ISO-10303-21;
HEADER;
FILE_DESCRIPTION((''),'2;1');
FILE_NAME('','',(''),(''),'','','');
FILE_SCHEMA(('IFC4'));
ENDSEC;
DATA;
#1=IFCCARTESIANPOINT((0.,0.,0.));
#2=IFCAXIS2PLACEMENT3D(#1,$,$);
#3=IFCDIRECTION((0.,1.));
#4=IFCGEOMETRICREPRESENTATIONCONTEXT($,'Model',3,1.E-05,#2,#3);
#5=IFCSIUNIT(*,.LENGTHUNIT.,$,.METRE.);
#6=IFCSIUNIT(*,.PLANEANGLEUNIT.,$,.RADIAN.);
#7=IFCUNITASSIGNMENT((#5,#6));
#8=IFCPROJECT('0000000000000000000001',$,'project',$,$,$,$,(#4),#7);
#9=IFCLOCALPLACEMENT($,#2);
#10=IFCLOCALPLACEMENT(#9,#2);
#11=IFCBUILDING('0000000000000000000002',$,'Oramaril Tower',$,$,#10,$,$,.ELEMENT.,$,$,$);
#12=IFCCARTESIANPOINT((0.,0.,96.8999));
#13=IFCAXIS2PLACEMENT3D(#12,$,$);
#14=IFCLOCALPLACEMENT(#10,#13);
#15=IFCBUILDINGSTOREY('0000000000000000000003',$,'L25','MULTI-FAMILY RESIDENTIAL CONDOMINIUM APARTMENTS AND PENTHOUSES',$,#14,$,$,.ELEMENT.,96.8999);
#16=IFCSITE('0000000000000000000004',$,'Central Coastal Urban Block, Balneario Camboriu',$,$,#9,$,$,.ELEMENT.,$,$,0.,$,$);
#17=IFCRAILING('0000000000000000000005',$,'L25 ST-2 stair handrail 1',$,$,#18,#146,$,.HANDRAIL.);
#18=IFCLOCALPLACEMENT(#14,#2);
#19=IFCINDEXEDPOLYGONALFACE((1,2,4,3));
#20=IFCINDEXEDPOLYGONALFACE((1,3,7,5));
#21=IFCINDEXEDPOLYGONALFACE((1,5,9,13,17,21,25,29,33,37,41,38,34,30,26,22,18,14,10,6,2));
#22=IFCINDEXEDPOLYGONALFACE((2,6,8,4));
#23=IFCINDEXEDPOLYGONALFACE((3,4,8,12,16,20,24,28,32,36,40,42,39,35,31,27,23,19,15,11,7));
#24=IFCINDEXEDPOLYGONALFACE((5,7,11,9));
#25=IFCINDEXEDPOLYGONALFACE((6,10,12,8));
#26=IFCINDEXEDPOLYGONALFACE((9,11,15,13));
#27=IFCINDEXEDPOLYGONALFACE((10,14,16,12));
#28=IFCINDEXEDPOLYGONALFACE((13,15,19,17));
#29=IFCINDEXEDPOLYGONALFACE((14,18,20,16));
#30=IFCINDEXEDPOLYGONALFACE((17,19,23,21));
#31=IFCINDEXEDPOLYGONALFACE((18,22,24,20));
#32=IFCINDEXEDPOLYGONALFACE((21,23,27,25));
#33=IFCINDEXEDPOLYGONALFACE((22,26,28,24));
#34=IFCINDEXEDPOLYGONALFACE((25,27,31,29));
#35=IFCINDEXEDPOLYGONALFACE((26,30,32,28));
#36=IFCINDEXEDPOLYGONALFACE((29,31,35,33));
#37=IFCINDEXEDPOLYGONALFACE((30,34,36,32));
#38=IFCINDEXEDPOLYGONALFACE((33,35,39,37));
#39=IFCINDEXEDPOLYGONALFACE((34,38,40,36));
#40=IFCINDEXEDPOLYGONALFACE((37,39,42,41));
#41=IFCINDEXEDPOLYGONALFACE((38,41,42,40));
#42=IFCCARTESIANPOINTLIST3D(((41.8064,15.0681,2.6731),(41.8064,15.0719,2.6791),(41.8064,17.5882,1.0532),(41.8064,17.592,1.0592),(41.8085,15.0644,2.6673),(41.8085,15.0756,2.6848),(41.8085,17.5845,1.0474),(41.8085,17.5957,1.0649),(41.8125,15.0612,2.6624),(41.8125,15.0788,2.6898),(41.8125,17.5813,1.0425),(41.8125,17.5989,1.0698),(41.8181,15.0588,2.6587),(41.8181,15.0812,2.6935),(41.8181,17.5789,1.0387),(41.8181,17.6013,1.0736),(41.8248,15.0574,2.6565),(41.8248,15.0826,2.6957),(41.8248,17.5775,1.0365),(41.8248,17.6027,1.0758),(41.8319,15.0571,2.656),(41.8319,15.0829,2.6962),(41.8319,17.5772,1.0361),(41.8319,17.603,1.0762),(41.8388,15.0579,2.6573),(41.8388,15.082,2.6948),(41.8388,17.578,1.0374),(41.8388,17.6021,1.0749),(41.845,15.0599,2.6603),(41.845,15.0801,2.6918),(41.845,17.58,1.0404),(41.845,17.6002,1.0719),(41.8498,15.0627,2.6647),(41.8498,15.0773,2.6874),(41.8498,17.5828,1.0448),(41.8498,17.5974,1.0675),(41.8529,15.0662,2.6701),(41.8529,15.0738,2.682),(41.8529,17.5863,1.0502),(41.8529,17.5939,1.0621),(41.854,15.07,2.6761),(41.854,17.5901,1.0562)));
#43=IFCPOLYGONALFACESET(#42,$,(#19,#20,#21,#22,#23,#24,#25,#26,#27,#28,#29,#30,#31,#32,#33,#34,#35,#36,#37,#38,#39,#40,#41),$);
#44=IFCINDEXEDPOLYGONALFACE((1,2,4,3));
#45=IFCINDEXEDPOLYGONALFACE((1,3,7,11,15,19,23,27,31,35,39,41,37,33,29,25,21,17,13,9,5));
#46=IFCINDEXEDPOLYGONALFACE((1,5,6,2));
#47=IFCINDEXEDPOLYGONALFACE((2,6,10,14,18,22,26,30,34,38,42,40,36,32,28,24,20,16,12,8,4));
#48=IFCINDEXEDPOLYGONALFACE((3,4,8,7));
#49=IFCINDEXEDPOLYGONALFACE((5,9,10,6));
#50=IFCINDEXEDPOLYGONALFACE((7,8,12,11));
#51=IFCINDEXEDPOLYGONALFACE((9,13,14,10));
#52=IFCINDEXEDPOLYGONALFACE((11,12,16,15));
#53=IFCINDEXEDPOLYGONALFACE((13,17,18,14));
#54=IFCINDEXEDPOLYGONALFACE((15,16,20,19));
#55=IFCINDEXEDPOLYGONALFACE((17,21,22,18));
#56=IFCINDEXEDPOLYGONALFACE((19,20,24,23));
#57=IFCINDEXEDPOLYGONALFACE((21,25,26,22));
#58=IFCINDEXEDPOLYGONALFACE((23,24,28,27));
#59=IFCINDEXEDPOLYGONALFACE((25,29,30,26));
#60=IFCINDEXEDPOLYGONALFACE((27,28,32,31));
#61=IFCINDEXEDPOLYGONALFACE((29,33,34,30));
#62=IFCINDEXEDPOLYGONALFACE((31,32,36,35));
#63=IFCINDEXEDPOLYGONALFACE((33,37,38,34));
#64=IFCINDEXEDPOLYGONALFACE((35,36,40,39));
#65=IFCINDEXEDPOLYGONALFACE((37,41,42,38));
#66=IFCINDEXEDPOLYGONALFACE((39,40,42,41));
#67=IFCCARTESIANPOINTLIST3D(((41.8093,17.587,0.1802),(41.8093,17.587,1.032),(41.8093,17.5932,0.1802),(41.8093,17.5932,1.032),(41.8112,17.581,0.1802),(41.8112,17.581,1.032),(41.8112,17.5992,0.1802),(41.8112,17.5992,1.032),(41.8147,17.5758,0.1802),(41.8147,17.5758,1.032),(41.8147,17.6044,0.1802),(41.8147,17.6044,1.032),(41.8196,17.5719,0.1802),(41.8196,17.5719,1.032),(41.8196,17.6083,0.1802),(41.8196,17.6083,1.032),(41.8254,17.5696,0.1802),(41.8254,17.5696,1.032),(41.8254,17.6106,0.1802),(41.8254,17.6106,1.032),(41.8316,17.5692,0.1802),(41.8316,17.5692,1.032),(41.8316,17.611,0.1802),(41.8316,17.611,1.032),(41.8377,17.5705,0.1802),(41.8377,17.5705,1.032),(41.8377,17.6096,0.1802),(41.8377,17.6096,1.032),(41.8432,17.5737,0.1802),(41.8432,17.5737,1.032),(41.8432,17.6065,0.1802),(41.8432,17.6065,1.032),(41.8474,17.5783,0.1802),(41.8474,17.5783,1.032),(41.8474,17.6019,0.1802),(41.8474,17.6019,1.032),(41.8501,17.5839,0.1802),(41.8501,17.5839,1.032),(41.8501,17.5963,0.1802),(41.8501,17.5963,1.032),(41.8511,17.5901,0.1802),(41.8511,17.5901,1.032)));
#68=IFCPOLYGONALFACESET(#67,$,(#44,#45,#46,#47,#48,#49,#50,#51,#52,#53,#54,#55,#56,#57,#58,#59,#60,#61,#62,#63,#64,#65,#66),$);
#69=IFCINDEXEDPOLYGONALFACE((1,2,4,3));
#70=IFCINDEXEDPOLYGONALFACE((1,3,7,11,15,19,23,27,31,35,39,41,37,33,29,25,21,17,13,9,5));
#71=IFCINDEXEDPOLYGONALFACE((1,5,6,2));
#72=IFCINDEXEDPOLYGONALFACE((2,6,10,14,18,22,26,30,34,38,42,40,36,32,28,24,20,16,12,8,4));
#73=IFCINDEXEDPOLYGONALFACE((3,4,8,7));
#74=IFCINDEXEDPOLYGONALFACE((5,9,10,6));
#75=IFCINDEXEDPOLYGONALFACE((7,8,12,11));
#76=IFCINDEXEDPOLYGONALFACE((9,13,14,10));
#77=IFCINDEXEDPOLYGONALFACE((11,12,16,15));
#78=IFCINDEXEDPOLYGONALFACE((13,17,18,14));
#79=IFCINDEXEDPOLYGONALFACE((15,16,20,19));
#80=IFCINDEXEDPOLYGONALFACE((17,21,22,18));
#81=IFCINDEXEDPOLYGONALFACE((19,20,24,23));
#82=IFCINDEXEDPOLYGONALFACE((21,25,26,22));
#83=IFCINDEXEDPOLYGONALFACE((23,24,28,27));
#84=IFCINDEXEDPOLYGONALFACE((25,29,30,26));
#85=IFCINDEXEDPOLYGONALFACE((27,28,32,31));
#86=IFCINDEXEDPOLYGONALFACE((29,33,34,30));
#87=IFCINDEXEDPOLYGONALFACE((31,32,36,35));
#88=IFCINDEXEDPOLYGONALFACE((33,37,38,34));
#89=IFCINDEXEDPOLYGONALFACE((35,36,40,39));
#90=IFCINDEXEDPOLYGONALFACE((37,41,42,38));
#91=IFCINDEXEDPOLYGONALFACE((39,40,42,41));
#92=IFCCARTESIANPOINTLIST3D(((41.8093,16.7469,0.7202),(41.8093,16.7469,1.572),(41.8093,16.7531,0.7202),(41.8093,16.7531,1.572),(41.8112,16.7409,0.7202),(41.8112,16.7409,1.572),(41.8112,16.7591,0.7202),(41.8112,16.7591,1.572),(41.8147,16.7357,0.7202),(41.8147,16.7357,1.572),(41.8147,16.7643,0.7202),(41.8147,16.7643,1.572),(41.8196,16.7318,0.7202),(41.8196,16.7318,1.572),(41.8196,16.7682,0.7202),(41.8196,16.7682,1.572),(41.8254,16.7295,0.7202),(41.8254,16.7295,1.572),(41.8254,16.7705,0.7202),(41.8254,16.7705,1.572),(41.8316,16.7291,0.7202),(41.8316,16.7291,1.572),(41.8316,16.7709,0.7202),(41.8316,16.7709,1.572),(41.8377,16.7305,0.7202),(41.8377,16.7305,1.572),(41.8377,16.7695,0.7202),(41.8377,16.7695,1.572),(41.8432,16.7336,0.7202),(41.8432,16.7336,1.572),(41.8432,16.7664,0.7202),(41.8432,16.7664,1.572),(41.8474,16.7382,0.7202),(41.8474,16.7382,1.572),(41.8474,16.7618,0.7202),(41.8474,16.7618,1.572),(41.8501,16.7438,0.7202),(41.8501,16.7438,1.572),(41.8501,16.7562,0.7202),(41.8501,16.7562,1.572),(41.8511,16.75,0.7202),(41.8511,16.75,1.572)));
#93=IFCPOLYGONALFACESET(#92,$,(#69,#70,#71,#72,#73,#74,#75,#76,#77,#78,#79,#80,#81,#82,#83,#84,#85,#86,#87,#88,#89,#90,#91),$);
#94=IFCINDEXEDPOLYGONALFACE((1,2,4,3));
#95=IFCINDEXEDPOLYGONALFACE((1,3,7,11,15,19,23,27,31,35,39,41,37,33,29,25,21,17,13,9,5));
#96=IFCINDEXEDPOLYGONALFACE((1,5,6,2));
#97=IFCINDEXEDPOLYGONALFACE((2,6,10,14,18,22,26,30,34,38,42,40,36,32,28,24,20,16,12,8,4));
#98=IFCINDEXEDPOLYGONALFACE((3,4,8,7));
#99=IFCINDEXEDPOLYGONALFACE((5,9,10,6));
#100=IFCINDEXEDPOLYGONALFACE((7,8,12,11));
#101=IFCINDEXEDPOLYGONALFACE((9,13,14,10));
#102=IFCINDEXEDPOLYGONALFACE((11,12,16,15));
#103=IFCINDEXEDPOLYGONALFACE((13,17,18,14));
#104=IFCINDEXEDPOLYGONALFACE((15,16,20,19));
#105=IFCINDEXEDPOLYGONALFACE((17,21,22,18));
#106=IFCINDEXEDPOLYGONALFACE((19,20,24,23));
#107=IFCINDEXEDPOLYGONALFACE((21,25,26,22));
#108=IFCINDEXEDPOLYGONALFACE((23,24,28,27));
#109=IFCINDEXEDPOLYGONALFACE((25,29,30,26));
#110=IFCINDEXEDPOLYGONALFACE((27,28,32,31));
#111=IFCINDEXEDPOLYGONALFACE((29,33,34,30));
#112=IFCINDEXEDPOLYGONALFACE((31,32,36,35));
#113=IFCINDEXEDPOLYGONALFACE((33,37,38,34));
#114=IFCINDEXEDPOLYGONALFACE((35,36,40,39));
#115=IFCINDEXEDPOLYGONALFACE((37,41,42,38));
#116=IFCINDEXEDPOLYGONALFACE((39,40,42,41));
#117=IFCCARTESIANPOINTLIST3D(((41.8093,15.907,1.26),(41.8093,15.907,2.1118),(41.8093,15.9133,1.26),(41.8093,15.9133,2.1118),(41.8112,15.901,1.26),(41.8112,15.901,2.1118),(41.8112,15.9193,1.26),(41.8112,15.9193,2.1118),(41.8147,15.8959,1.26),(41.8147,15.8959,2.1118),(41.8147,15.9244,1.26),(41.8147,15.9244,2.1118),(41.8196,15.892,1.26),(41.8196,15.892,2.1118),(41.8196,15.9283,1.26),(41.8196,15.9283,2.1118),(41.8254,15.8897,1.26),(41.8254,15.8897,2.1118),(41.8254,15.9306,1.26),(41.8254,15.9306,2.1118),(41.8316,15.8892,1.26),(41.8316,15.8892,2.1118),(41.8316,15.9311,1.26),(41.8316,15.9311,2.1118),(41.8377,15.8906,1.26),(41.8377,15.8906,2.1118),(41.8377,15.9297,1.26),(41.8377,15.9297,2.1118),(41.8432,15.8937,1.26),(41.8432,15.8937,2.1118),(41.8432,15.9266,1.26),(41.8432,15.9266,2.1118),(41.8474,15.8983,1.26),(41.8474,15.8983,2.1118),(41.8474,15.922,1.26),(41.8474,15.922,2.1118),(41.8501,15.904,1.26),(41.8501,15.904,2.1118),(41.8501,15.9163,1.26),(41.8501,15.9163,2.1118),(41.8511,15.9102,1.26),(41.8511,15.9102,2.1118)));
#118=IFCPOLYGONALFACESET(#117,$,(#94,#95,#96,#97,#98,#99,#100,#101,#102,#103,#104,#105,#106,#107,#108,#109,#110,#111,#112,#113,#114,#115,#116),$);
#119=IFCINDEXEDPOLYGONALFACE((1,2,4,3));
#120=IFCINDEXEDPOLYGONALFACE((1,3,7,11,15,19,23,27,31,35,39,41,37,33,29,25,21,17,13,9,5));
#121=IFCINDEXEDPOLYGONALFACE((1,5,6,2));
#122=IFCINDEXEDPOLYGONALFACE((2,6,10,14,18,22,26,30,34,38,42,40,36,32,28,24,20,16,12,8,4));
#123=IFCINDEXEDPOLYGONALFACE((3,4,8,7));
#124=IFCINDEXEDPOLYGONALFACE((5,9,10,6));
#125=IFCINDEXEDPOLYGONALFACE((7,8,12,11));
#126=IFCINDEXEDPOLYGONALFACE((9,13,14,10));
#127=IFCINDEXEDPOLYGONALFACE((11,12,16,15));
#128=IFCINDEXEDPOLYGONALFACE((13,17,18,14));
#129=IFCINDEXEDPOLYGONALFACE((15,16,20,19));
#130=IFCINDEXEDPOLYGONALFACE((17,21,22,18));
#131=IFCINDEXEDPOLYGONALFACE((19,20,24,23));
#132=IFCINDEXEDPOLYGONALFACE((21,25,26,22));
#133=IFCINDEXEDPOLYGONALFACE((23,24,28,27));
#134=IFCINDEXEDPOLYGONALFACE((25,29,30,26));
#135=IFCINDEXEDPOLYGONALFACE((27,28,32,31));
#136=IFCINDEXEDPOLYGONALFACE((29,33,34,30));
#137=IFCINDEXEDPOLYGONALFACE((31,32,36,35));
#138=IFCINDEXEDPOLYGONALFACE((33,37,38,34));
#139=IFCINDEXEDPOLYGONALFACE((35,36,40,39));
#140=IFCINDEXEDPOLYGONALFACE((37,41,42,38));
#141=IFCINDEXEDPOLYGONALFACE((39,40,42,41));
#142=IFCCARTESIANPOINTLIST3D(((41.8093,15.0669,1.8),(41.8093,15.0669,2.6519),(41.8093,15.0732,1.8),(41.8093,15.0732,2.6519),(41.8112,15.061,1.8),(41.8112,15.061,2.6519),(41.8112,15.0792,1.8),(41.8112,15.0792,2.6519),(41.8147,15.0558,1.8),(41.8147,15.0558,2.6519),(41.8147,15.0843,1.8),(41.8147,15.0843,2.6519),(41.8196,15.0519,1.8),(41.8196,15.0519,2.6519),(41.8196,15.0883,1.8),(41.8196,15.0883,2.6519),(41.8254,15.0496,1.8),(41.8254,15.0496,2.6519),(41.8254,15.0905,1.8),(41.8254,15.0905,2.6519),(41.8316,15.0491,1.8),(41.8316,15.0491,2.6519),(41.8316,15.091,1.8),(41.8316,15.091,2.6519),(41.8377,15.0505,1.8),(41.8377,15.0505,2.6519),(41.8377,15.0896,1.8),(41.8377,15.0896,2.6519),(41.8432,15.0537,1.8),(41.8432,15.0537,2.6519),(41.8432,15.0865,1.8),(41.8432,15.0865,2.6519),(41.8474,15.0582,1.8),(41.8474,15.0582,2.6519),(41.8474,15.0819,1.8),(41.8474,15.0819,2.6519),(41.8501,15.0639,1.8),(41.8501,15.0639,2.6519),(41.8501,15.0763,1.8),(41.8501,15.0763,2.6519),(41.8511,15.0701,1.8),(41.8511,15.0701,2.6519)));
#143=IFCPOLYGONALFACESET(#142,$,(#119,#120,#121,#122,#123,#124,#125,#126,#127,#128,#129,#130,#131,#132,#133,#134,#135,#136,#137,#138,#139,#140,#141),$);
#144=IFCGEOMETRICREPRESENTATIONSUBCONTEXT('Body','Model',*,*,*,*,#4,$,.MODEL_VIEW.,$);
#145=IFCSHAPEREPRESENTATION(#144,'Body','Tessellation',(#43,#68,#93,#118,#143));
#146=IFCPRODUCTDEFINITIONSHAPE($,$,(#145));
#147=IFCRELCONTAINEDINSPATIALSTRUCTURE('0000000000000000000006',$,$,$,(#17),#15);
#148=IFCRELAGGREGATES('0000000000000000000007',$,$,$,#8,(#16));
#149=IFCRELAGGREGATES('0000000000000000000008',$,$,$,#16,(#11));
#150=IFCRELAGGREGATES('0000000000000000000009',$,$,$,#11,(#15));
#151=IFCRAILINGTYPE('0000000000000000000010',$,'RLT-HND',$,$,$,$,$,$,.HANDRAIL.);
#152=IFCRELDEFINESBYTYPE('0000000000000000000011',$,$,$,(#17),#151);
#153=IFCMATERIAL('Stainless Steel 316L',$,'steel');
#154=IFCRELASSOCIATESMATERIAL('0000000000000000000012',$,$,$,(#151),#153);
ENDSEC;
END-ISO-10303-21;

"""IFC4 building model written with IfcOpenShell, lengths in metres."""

from ifc_helpers import new_model, si_unit, direction, frame, origin, origin_2d, place, context, subcontext, project, spatial, circle, extrude, material, type_object, element, save


model = new_model("IFC4")

# Units and contexts
model_context = context("Model", 3, precision=1e-05, world=origin(), true_north=direction((0.0, 1.0)))
body_context = subcontext(model_context, "Body", "Model", "MODEL_VIEW")
ifc_project = project(units=[si_unit("LENGTHUNIT", "METRE"), si_unit("PLANEANGLEUNIT", "RADIAN")], contexts=[model_context])

# Site, building, storey
site_placement = place(None, origin())
site = spatial("IfcSite", under=ifc_project, at=site_placement, Name="Central Coastal Urban Block, Balneario Camboriu", CompositionType="ELEMENT", RefElevation=0.0)
building_placement = place(site_placement, origin())
building = spatial("IfcBuilding", under=site, at=building_placement, Name="Oramaril Tower", CompositionType="ELEMENT")
storey_placement = place(building_placement, frame((0.0, 0.0, 96.8999)))
storey = spatial("IfcBuildingStorey", under=building, at=storey_placement, Name="L25", Description="MULTI-FAMILY RESIDENTIAL CONDOMINIUM APARTMENTS AND PENTHOUSES", CompositionType="ELEMENT", Elevation=96.8999)

# Railing
ifc_material_1 = material(Name="Stainless Steel 316L", Category="steel")
railing_type_1 = type_object("IfcRailingType", Name="RLT-HND", PredefinedType="HANDRAIL", material=ifc_material_1)
railing_1_placement = place(storey_placement, frame((41.8301, 17.5901, 0.1802)))
element("IfcRailing", 1, at=railing_1_placement, inside=storey, type_object=railing_type_1, Name="L25 ST-2 stair handrail 1", PredefinedType="HANDRAIL", context=body_context, shape_type="SweptSolid", body=[
    extrude(circle(Radius=0.0239, at=origin_2d()), frame((0.0, 0.0, 0.876), z_axis=(0.0, -0.8412, 0.540725), x_axis=(1.0, 0.0, 0.0)), (0.0, 0.0, 1.0), 2.9958),
    extrude(circle(Radius=0.021, at=origin_2d()), origin(), (0.0, 0.0, 1.0), 0.8518),
    extrude(circle(Radius=0.021, at=origin_2d()), frame((0.0, -0.8401, 0.54)), (0.0, 0.0, 1.0), 0.8518),
    extrude(circle(Radius=0.021, at=origin_2d()), frame((0.0, -1.6799, 1.0798)), (0.0, 0.0, 1.0), 0.8518),
    extrude(circle(Radius=0.021, at=origin_2d()), frame((0.0, -2.52, 1.6199)), (0.0, 0.0, 1.0), 0.8518),
])

save(model, "model.ifc")
